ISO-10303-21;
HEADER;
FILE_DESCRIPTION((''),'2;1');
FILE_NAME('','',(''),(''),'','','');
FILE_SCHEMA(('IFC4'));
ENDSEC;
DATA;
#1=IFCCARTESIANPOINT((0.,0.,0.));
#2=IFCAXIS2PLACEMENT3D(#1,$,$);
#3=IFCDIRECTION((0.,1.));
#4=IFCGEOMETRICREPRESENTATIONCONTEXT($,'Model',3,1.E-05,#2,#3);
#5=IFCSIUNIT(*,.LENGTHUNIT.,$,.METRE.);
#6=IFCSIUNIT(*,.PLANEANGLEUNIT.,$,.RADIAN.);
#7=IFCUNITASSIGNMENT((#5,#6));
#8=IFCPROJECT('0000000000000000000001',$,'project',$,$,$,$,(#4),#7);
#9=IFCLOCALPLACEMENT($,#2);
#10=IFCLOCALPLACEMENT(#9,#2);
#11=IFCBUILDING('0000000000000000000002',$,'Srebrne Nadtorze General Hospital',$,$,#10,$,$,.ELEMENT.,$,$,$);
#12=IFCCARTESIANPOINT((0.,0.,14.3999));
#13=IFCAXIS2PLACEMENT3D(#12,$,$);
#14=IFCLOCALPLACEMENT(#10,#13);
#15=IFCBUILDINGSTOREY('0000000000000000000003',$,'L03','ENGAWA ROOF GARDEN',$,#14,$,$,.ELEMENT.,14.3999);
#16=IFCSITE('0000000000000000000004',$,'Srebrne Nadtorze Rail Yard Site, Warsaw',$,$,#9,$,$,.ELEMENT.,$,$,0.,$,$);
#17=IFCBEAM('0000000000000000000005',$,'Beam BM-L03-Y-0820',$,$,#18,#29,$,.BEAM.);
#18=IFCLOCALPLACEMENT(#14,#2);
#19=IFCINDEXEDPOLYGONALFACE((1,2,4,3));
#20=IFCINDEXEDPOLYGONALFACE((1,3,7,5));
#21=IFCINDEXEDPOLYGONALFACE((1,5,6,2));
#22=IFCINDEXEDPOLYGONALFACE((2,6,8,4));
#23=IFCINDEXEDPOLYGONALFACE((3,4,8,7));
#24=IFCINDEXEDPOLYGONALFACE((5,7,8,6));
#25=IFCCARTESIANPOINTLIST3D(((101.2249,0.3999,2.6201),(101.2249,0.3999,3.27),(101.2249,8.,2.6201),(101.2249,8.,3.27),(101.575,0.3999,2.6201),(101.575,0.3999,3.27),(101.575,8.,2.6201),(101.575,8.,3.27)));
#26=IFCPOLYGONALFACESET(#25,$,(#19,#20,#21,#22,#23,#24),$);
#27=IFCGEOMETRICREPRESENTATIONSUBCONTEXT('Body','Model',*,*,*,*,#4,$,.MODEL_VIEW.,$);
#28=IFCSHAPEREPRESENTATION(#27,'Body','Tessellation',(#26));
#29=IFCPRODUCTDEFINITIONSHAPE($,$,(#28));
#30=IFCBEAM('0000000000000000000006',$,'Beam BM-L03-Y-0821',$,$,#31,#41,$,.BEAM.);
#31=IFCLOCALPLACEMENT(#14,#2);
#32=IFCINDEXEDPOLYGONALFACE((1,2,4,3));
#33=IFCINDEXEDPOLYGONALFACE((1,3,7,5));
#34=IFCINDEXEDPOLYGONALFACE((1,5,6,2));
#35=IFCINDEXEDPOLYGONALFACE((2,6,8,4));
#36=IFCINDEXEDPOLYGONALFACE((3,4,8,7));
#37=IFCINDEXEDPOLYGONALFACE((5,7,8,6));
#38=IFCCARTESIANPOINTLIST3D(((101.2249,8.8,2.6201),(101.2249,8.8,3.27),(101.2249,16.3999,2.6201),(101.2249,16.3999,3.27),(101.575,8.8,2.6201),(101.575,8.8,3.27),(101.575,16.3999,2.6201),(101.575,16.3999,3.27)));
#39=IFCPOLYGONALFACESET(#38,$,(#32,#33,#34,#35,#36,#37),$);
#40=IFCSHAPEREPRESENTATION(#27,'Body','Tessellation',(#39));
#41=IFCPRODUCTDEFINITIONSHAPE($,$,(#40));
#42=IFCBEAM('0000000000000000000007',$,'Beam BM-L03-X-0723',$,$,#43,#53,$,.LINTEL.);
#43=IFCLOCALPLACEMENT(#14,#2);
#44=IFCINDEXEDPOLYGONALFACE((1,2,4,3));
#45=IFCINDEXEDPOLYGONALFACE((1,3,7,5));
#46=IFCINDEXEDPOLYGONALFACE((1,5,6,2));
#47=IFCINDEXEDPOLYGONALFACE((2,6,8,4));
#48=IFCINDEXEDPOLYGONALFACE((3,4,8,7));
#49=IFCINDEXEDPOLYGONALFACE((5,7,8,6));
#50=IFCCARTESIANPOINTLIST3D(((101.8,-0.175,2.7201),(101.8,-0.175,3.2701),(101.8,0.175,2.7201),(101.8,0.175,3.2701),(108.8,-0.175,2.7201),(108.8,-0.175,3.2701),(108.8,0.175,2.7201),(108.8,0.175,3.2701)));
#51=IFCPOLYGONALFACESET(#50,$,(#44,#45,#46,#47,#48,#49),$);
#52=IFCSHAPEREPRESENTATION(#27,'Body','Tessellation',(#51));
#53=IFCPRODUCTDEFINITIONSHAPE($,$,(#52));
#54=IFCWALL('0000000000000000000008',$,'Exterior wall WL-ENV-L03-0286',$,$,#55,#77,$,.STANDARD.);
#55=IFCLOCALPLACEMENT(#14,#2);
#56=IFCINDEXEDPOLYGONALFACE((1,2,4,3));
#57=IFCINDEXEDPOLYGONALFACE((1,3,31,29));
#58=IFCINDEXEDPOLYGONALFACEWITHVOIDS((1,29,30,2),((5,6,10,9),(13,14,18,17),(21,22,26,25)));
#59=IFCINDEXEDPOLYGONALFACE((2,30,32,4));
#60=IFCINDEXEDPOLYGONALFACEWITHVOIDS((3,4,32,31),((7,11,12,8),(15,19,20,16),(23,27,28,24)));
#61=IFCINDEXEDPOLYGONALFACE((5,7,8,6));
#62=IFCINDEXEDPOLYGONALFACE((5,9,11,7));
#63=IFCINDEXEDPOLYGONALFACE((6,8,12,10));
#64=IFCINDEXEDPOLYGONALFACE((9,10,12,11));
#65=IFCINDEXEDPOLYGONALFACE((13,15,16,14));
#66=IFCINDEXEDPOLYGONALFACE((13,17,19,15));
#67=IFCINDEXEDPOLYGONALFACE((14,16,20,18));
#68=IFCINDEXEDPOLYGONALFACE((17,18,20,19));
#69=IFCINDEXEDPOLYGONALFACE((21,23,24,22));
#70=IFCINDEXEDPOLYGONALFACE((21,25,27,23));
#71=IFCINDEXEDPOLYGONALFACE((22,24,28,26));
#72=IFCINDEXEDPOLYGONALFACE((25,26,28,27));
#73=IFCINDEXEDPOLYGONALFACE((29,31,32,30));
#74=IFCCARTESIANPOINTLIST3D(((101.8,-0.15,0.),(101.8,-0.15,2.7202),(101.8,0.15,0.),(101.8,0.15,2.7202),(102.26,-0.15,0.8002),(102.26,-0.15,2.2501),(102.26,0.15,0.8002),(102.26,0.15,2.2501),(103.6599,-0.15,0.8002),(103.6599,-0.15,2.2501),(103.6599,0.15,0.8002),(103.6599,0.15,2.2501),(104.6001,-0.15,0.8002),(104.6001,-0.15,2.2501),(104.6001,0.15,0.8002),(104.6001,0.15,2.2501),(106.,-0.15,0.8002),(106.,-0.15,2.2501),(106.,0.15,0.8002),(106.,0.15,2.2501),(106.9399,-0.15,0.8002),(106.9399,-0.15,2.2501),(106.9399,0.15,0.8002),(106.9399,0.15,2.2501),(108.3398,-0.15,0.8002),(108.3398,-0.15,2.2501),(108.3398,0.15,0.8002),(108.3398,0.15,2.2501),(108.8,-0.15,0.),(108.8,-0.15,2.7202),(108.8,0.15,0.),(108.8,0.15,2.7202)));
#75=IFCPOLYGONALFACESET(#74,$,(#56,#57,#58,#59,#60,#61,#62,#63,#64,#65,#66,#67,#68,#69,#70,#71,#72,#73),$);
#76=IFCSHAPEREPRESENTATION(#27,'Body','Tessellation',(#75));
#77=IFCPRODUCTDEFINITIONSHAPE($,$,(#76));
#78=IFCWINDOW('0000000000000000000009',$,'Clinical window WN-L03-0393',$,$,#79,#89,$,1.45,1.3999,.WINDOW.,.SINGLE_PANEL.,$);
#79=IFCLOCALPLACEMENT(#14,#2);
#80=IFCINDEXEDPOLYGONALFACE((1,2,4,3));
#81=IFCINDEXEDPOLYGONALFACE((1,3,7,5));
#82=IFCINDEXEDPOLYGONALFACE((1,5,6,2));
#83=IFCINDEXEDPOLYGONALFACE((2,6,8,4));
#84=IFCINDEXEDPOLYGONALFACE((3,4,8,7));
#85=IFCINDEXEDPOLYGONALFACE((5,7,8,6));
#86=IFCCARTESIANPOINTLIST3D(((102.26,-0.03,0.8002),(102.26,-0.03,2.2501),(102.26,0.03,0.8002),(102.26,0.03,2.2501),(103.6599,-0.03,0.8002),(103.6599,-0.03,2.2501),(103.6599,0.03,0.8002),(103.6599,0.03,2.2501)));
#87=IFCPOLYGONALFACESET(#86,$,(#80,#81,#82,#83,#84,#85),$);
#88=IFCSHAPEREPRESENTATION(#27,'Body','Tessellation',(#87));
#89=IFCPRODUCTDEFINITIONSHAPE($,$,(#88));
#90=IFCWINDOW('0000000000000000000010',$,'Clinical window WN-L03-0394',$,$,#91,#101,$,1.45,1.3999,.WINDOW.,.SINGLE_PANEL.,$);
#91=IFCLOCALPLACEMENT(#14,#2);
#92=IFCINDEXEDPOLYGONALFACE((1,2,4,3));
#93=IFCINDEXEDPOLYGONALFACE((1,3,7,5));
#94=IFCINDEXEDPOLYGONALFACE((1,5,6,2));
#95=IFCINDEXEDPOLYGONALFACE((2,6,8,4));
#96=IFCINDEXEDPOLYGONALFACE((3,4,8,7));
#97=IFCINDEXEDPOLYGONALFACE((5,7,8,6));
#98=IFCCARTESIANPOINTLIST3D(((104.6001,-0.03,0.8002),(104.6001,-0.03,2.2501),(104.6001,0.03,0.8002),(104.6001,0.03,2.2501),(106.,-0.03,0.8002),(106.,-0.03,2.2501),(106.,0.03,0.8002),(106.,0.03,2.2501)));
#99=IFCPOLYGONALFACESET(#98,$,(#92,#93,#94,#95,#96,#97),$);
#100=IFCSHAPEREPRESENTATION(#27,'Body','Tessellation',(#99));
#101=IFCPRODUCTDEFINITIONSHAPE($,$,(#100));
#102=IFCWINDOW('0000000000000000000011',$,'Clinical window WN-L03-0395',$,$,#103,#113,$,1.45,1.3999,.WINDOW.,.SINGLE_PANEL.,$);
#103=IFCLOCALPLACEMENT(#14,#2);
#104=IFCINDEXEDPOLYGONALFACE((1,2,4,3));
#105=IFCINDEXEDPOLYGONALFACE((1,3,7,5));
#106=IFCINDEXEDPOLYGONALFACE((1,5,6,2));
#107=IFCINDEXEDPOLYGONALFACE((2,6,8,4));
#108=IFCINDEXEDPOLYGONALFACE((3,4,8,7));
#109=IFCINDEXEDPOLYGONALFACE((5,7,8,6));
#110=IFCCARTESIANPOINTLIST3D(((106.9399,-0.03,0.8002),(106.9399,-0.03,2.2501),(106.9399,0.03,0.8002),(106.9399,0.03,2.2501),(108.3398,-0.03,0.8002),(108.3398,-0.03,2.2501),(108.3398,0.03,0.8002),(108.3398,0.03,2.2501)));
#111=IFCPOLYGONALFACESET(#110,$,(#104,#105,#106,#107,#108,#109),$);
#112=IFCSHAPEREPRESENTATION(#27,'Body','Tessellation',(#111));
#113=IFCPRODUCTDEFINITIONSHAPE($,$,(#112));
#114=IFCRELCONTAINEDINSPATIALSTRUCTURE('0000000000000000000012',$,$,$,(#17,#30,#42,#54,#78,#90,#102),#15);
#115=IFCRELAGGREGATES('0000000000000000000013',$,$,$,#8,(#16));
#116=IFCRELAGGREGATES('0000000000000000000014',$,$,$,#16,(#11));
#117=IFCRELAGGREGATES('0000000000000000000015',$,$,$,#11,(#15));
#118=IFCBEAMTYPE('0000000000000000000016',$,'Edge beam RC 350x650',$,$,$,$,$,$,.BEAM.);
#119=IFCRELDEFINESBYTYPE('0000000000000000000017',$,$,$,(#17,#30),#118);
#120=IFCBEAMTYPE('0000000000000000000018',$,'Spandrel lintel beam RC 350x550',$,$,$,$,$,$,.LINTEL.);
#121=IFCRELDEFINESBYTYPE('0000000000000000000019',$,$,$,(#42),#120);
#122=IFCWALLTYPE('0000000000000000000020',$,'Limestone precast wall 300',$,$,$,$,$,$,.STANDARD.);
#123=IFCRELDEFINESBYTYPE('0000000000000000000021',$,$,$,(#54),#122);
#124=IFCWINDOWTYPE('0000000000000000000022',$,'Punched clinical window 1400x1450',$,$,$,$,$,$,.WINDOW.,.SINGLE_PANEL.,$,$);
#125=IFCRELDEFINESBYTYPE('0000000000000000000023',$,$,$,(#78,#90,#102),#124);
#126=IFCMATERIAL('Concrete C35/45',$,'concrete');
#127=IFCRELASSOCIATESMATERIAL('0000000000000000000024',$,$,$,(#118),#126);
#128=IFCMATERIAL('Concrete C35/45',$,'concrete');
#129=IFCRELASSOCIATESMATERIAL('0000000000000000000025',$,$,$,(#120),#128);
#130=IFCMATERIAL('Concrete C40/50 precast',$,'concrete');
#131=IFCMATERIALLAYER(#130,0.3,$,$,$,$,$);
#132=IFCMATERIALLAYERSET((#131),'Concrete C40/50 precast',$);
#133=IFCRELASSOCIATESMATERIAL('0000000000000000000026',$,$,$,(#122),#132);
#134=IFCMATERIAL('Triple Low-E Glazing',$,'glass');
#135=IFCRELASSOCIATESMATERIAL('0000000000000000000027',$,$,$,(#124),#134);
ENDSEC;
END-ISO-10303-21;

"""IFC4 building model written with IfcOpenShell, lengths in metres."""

from ifc_helpers import new_model, si_unit, direction, frame, frame_2d, origin, origin_2d, place, context, subcontext, project, spatial, rectangle, extrude, material, layer, layer_set, material_profile, profile_set, type_object, element, fill, save


model = new_model("IFC4")

# Units and contexts
model_context = context("Model", 3, precision=1e-05, world=origin(), true_north=direction((0.0, 1.0)))
body_context = subcontext(model_context, "Body", "Model", "MODEL_VIEW")
ifc_project = project(units=[si_unit("LENGTHUNIT", "METRE"), si_unit("PLANEANGLEUNIT", "RADIAN")], contexts=[model_context])

# Site, building, storey
site_placement = place(None, origin())
site = spatial("IfcSite", under=ifc_project, at=site_placement, Name="Srebrne Nadtorze Rail Yard Site, Warsaw", CompositionType="ELEMENT", RefElevation=0.0)
building_placement = place(site_placement, origin())
building = spatial("IfcBuilding", under=site, at=building_placement, Name="Srebrne Nadtorze General Hospital", CompositionType="ELEMENT")
storey_placement = place(building_placement, frame((0.0, 0.0, 14.3999)))
storey = spatial("IfcBuildingStorey", under=building, at=storey_placement, Name="L03", Description="ENGAWA ROOF GARDEN", CompositionType="ELEMENT", Elevation=14.3999)

# Beams
ifc_material_1 = material(Name="Concrete C35/45", Category="concrete")
ifc_material_profile_1 = material_profile(ifc_material_1, rectangle(XDim=0.3501, YDim=0.6499, at=origin_2d()), Name="RC-BM-350x650")
ifc_profile_set_1 = profile_set([ifc_material_profile_1], Name="Concrete C35/45")
beam_type_1 = type_object("IfcBeamType", Name="Edge beam RC 350x650", PredefinedType="BEAM", material=ifc_profile_set_1)
beam_1_placement = place(storey_placement, frame((101.3999, 0.3999, 2.9451), z_axis=(0.0, 1.0, 0.0), x_axis=(-1.0, 0.0, 0.0)))
element("IfcBeam", 1, at=beam_1_placement, inside=storey, type_object=beam_type_1, Name="Beam BM-L03-Y-0820", PredefinedType="BEAM", context=body_context, shape_type="SweptSolid", body=[
    extrude(rectangle(XDim=0.3501, YDim=0.6499, at=origin_2d()), origin(), (0.0, 0.0, 1.0), 7.6001),
])
beam_2_placement = place(storey_placement, frame((101.3999, 8.8, 2.9451), z_axis=(0.0, 1.0, 0.0), x_axis=(-1.0, 0.0, 0.0)))
element("IfcBeam", 2, at=beam_2_placement, inside=storey, type_object=beam_type_1, Name="Beam BM-L03-Y-0821", PredefinedType="BEAM", context=body_context, shape_type="SweptSolid", body=[
    extrude(rectangle(XDim=0.3501, YDim=0.6499, at=origin_2d()), origin(), (0.0, 0.0, 1.0), 7.5999),
])
ifc_material_2 = material(Name="Concrete C35/45", Category="concrete")
ifc_material_profile_2 = material_profile(ifc_material_2, rectangle(XDim=0.3501, YDim=0.55, at=origin_2d()), Name="RC-BM-350x550")
ifc_profile_set_2 = profile_set([ifc_material_profile_2], Name="Concrete C35/45")
beam_type_2 = type_object("IfcBeamType", Name="Spandrel lintel beam RC 350x550", PredefinedType="LINTEL", material=ifc_profile_set_2)
beam_3_placement = place(storey_placement, frame((101.8, 0.0, 2.9951), z_axis=(1.0, 0.0, 0.0), x_axis=(0.0, 1.0, 0.0)))
element("IfcBeam", 3, at=beam_3_placement, inside=storey, type_object=beam_type_2, Name="Beam BM-L03-X-0723", PredefinedType="LINTEL", context=body_context, shape_type="SweptSolid", body=[
    extrude(rectangle(XDim=0.3501, YDim=0.55, at=origin_2d()), origin(), (0.0, 0.0, 1.0), 7.0),
])

# Wall, openings, windows
ifc_material_3 = material(Name="Concrete C40/50 precast", Category="concrete")
ifc_layer_1 = layer(ifc_material_3, 0.3)
ifc_layer_set_1 = layer_set([ifc_layer_1], Name="Concrete C40/50 precast")
wall_type_1 = type_object("IfcWallType", Name="Limestone precast wall 300", PredefinedType="STANDARD", material=ifc_layer_set_1)
wall_1_placement = place(storey_placement, frame((101.8, 0.0, 0.0), z_axis=(0.0, 0.0, 1.0), x_axis=(1.0, 0.0, 0.0)))
wall_1 = element("IfcWall", 4, at=wall_1_placement, inside=storey, type_object=wall_type_1, Name="Exterior wall WL-ENV-L03-0286", PredefinedType="STANDARD", context=body_context, shape_type="SweptSolid", body=[
    extrude(rectangle(XDim=7.0, YDim=0.3, at=frame_2d((3.5, 0.0))), origin(), (0.0, 0.0, 1.0), 2.7202),
])
opening_1_placement = place(wall_1_placement, frame((0.46, 0.0, 0.8)))
opening_1 = element("IfcOpeningElement", 5, at=opening_1_placement, cuts=wall_1, PredefinedType="OPENING", context=body_context, shape_type="SweptSolid", body=[
    extrude(rectangle(XDim=1.3999, YDim=1.45, at=frame_2d((0.7, 0.7251))), frame((0.0, 0.1621, 0.0), z_axis=(0.0, -1.0, 0.0), x_axis=(1.0, 0.0, 0.0)), (0.0, 0.0, 1.0), 0.324),
])
opening_2_placement = place(wall_1_placement, frame((2.8, 0.0, 0.8)))
opening_2 = element("IfcOpeningElement", 6, at=opening_2_placement, cuts=wall_1, PredefinedType="OPENING", context=body_context, shape_type="SweptSolid", body=[
    extrude(rectangle(XDim=1.3999, YDim=1.45, at=frame_2d((0.7, 0.7251))), frame((0.0, 0.1621, 0.0), z_axis=(0.0, -1.0, 0.0), x_axis=(1.0, 0.0, 0.0)), (0.0, 0.0, 1.0), 0.324),
])
opening_3_placement = place(wall_1_placement, frame((5.1399, 0.0, 0.8)))
opening_3 = element("IfcOpeningElement", 7, at=opening_3_placement, cuts=wall_1, PredefinedType="OPENING", context=body_context, shape_type="SweptSolid", body=[
    extrude(rectangle(XDim=1.3999, YDim=1.45, at=frame_2d((0.7, 0.7251))), frame((0.0, 0.1621, 0.0), z_axis=(0.0, -1.0, 0.0), x_axis=(1.0, 0.0, 0.0)), (0.0, 0.0, 1.0), 0.324),
])
ifc_material_4 = material(Name="Triple Low-E Glazing", Category="glass")
window_type_1 = type_object("IfcWindowType", Name="Punched clinical window 1400x1450", PartitioningType="SINGLE_PANEL", PredefinedType="WINDOW", material=ifc_material_4)
window_1_placement = place(opening_1_placement, origin())
window_1 = element("IfcWindow", 8, at=window_1_placement, inside=storey, type_object=window_type_1, Name="Clinical window WN-L03-0393", OverallHeight=1.45, OverallWidth=1.3999, PartitioningType="SINGLE_PANEL", PredefinedType="WINDOW", context=body_context, shape_type="SweptSolid", body=[
    extrude(rectangle(XDim=1.3999, YDim=1.45, at=frame_2d((0.7, 0.7251))), frame((0.0, 0.03, 0.0), z_axis=(0.0, -1.0, 0.0), x_axis=(1.0, 0.0, 0.0)), (0.0, 0.0, 1.0), 0.0601),
])
fill(opening_1, window_1)
window_2_placement = place(opening_2_placement, origin())
window_2 = element("IfcWindow", 9, at=window_2_placement, inside=storey, type_object=window_type_1, Name="Clinical window WN-L03-0394", OverallHeight=1.45, OverallWidth=1.3999, PartitioningType="SINGLE_PANEL", PredefinedType="WINDOW", context=body_context, shape_type="SweptSolid", body=[
    extrude(rectangle(XDim=1.3999, YDim=1.45, at=frame_2d((0.7, 0.7251))), frame((0.0, 0.03, 0.0), z_axis=(0.0, -1.0, 0.0), x_axis=(1.0, 0.0, 0.0)), (0.0, 0.0, 1.0), 0.0601),
])
fill(opening_2, window_2)
window_3_placement = place(opening_3_placement, origin())
window_3 = element("IfcWindow", 10, at=window_3_placement, inside=storey, type_object=window_type_1, Name="Clinical window WN-L03-0395", OverallHeight=1.45, OverallWidth=1.3999, PartitioningType="SINGLE_PANEL", PredefinedType="WINDOW", context=body_context, shape_type="SweptSolid", body=[
    extrude(rectangle(XDim=1.3999, YDim=1.45, at=frame_2d((0.7, 0.7251))), frame((0.0, 0.03, 0.0), z_axis=(0.0, -1.0, 0.0), x_axis=(1.0, 0.0, 0.0)), (0.0, 0.0, 1.0), 0.0601),
])
fill(opening_3, window_3)

save(model, "model.ifc")
